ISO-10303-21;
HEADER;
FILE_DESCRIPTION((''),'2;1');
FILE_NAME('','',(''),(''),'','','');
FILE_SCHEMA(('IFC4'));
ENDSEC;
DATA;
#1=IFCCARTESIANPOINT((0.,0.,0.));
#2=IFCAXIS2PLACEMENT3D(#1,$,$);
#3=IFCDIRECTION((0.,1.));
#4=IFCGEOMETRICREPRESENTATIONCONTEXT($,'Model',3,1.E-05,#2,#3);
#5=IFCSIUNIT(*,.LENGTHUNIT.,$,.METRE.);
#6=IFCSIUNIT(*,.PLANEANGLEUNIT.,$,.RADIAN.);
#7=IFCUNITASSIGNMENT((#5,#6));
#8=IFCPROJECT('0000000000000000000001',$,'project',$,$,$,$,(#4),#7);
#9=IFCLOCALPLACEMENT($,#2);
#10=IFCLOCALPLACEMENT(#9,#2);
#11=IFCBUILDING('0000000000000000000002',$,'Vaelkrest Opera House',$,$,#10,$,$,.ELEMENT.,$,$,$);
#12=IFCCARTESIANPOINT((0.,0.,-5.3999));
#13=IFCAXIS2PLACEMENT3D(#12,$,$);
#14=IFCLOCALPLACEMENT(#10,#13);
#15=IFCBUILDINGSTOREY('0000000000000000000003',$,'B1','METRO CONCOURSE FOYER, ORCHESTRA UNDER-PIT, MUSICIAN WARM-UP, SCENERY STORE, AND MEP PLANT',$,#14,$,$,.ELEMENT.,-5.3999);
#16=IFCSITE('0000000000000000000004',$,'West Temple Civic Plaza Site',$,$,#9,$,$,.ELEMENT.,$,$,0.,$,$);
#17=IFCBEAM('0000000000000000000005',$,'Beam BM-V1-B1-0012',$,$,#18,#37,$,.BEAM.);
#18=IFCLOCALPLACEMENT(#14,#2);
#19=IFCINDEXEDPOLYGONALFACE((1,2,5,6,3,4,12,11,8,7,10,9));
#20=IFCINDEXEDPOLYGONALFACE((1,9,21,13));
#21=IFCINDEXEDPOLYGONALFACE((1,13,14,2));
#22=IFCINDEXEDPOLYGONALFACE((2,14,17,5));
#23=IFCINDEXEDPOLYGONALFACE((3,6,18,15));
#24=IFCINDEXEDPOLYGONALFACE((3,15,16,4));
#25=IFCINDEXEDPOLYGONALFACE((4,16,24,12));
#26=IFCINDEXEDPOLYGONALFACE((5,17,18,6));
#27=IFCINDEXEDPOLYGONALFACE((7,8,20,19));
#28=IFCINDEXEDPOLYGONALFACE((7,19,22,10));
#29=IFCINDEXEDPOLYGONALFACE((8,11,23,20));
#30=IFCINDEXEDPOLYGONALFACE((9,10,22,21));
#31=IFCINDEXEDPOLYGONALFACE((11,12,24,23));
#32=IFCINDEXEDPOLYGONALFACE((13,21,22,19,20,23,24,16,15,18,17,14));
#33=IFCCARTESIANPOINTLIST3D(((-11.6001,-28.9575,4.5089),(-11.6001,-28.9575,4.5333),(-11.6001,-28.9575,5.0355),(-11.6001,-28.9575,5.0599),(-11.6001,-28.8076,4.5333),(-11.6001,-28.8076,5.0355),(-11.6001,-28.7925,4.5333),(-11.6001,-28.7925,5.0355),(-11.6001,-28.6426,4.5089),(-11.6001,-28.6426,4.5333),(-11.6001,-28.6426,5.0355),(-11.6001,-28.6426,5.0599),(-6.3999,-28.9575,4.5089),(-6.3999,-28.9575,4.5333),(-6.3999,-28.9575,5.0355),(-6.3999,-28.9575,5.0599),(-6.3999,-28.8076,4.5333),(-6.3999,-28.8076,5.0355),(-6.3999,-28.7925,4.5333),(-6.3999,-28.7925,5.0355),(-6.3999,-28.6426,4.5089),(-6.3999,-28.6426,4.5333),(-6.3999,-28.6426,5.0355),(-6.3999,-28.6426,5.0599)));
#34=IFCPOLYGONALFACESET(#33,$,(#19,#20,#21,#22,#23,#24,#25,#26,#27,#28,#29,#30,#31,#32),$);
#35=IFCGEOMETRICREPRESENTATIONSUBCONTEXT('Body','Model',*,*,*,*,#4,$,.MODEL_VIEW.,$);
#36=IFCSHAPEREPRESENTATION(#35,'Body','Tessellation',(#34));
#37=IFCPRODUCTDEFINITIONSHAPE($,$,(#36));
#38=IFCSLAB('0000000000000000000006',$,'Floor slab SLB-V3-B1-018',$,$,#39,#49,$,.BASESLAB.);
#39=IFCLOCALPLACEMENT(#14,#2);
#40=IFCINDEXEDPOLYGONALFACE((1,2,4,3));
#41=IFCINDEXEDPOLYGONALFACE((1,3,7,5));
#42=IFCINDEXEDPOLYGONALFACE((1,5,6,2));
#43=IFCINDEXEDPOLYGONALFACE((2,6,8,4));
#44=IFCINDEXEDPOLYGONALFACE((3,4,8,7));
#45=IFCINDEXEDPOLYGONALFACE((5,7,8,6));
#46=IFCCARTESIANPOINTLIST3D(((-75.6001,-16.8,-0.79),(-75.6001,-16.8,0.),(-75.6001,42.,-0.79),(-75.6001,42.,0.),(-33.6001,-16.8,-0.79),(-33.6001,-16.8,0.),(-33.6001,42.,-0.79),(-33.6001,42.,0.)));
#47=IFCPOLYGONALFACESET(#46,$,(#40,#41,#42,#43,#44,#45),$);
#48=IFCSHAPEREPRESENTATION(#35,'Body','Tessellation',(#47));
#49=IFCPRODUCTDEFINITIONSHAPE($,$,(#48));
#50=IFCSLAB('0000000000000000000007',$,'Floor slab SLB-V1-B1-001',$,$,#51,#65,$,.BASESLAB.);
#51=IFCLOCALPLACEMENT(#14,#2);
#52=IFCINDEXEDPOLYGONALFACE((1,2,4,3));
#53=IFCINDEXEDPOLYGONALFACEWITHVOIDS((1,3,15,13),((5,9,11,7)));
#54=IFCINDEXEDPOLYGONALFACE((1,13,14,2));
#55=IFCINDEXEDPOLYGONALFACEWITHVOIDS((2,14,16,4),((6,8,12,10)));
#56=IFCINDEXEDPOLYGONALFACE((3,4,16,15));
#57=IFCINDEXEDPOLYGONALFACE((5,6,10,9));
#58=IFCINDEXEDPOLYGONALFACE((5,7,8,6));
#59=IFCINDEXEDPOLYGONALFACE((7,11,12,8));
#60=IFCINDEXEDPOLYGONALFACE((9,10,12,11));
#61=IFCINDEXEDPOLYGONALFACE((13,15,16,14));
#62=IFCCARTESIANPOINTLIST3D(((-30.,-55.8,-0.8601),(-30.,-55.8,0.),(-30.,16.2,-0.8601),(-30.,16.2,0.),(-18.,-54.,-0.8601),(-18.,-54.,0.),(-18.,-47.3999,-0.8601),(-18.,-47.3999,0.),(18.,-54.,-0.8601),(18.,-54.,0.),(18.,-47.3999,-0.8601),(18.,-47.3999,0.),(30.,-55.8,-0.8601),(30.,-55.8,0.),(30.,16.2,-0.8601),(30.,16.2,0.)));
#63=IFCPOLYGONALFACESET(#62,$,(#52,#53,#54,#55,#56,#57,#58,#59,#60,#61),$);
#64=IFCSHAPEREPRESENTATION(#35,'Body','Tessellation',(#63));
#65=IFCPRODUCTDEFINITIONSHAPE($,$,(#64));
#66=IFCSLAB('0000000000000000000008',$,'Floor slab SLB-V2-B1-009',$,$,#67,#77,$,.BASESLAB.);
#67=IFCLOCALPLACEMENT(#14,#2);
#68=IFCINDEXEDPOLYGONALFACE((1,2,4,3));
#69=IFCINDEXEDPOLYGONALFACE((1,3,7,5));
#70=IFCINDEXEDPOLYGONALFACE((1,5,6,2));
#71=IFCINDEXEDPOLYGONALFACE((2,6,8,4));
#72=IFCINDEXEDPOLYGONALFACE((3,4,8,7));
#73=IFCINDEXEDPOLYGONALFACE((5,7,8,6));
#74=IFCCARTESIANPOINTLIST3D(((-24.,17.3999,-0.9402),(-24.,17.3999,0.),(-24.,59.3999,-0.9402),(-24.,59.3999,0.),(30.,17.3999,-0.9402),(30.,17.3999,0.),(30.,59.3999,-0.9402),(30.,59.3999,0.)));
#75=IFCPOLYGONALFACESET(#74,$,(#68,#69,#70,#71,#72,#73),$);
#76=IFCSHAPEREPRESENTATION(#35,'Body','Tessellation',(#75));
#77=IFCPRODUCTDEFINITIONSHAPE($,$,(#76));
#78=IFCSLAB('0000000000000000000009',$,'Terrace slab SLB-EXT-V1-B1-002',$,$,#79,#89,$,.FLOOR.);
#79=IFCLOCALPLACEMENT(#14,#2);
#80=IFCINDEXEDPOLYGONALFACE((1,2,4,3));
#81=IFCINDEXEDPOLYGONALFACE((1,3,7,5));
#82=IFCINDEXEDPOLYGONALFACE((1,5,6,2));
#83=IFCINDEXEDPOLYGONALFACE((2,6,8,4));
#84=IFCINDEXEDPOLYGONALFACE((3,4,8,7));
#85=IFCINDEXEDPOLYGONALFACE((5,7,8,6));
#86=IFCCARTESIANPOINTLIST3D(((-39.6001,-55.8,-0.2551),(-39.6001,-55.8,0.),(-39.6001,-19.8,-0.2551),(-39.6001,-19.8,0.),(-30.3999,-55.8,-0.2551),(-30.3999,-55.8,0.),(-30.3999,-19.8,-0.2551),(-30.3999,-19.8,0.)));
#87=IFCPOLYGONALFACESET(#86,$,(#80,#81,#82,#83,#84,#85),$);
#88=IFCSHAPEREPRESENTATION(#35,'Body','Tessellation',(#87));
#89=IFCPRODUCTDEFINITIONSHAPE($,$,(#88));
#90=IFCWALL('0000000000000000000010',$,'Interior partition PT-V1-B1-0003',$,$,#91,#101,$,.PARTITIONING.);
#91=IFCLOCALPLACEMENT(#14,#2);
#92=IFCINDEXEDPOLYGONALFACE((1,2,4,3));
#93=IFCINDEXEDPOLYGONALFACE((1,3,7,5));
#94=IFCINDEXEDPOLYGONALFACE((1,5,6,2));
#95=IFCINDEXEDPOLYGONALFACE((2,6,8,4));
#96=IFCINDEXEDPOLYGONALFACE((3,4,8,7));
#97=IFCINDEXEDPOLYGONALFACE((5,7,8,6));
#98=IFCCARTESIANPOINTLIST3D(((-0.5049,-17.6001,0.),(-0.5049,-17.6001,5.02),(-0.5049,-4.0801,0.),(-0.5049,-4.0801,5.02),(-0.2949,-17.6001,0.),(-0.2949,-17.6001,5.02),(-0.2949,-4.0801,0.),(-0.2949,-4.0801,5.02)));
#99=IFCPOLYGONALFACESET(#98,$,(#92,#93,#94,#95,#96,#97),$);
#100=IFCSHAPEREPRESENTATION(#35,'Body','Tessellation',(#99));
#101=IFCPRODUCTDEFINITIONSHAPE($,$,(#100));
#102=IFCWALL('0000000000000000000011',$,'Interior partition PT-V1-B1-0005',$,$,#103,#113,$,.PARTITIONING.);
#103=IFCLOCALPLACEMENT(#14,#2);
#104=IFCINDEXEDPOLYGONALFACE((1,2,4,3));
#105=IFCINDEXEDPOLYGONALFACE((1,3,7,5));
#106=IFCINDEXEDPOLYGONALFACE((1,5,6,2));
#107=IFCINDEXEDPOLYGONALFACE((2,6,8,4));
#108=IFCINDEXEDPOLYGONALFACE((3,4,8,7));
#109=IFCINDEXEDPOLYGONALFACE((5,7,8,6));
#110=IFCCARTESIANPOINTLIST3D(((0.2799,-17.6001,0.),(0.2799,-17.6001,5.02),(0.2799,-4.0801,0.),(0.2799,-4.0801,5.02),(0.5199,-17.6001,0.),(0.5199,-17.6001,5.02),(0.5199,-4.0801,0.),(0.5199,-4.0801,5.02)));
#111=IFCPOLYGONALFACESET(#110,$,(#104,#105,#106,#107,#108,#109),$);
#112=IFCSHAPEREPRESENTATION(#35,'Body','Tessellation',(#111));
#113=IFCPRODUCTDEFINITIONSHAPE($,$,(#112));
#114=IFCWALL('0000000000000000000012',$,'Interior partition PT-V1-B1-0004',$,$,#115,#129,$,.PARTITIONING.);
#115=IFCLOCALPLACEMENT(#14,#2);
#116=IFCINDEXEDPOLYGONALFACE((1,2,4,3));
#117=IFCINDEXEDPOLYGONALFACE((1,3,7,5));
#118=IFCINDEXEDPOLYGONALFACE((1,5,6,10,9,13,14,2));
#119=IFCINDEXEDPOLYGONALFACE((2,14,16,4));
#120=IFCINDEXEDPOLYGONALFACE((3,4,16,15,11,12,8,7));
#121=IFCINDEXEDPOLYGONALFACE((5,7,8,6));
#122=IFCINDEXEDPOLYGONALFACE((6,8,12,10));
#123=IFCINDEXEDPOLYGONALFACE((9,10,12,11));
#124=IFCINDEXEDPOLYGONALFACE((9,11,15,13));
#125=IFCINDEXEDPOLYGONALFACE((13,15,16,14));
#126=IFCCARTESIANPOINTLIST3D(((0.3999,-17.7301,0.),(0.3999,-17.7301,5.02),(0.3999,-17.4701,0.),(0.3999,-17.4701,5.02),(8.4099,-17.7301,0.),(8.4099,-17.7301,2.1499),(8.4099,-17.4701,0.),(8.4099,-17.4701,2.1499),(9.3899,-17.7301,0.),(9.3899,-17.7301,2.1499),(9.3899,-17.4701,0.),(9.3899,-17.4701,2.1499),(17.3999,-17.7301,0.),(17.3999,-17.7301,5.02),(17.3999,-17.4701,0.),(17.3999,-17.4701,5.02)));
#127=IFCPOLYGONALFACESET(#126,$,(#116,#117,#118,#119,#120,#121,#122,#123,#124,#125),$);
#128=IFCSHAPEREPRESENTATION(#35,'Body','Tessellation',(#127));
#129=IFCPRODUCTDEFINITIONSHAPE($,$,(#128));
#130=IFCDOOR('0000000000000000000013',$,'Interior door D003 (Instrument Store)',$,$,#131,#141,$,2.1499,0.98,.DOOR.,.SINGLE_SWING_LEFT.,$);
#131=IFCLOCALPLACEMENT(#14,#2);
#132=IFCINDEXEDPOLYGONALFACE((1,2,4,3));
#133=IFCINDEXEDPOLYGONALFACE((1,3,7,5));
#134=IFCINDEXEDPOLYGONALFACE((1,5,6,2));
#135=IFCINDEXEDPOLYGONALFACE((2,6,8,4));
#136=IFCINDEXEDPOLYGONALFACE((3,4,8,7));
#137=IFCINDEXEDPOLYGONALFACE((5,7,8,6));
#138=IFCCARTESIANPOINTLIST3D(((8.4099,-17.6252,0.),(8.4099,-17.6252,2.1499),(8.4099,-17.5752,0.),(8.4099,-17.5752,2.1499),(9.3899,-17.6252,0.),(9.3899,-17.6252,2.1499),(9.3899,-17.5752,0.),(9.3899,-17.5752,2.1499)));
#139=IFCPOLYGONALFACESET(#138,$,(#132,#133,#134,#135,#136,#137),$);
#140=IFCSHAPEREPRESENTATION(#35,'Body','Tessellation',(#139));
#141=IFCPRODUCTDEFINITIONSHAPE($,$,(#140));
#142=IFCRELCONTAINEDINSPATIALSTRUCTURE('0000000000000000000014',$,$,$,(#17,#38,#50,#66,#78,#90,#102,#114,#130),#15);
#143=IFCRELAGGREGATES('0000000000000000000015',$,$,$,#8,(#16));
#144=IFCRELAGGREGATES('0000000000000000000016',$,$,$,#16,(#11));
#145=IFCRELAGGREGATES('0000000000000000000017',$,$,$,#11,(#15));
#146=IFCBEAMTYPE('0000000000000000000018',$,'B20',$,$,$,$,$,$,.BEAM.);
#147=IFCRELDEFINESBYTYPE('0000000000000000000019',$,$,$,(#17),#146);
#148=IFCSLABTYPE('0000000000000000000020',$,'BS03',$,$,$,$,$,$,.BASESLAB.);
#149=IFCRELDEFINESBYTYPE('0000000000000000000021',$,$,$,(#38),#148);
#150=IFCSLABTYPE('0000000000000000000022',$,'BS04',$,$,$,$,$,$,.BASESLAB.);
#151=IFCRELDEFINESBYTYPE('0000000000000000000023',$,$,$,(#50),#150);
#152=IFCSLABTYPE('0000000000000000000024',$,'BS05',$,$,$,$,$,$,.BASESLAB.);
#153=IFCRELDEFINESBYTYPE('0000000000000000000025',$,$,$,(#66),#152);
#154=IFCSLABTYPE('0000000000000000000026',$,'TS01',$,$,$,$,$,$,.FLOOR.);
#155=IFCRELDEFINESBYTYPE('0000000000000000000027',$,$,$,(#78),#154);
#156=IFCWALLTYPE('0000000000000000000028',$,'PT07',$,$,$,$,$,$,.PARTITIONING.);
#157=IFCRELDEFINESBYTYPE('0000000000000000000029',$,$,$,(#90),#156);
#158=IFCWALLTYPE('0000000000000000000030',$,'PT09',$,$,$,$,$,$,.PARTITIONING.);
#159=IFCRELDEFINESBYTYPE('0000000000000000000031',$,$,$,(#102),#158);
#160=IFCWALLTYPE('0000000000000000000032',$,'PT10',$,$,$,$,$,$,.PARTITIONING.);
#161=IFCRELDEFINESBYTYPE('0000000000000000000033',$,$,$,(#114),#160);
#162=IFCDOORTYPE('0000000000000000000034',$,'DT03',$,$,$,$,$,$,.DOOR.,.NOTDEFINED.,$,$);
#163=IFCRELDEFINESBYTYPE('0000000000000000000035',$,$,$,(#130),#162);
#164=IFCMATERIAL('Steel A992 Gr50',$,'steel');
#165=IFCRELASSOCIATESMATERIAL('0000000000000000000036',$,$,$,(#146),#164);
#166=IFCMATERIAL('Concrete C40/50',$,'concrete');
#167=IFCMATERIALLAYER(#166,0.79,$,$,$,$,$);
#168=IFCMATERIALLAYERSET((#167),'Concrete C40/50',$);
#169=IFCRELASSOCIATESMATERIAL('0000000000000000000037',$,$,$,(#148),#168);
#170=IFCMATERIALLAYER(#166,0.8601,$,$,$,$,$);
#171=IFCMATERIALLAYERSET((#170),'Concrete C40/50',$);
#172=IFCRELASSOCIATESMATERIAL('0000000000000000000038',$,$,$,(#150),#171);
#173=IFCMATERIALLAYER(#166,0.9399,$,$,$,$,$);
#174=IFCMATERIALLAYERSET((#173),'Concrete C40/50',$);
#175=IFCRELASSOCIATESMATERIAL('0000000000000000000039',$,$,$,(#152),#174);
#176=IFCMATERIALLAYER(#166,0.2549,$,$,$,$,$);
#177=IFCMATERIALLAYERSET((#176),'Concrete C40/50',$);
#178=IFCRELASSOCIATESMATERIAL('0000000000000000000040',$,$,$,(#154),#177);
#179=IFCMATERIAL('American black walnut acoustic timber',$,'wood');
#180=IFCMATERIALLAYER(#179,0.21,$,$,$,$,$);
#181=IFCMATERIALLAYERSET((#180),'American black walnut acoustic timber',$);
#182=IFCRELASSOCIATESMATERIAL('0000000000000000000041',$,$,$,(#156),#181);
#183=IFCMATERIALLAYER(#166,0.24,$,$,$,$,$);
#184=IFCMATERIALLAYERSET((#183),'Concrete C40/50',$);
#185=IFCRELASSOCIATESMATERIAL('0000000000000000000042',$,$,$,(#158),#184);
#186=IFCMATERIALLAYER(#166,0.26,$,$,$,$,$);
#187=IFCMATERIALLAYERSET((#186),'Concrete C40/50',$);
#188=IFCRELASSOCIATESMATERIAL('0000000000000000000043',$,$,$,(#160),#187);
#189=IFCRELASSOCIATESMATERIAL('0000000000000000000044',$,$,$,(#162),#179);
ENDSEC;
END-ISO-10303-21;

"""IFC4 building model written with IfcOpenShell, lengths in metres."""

from ifc_helpers import new_model, si_unit, direction, frame, frame_2d, origin, origin_2d, place, context, subcontext, project, spatial, polyline, rectangle, i_section, outline, extrude, material, layer, layer_set, material_profile, profile_set, type_object, element, fill, save


model = new_model("IFC4")

# Units and contexts
model_context = context("Model", 3, precision=1e-05, world=origin(), true_north=direction((0.0, 1.0)))
body_context = subcontext(model_context, "Body", "Model", "MODEL_VIEW")
ifc_project = project(units=[si_unit("LENGTHUNIT", "METRE"), si_unit("PLANEANGLEUNIT", "RADIAN")], contexts=[model_context])

# Site, building, storey
site_placement = place(None, origin())
site = spatial("IfcSite", under=ifc_project, at=site_placement, Name="West Temple Civic Plaza Site", CompositionType="ELEMENT", RefElevation=0.0)
building_placement = place(site_placement, origin())
building = spatial("IfcBuilding", under=site, at=building_placement, Name="Vaelkrest Opera House", CompositionType="ELEMENT")
storey_placement = place(building_placement, frame((0.0, 0.0, -5.3999)))
storey = spatial("IfcBuildingStorey", under=building, at=storey_placement, Name="B1", Description="METRO CONCOURSE FOYER, ORCHESTRA UNDER-PIT, MUSICIAN WARM-UP, SCENERY STORE, AND MEP PLANT", CompositionType="ELEMENT", Elevation=-5.3999)

# Shared definitions
ifc_material_1 = material(Name="Concrete C40/50", Category="concrete")

# Beam
ifc_material_2 = material(Name="Steel A992 Gr50", Category="steel")
ifc_material_profile_1 = material_profile(ifc_material_2, i_section(OverallWidth=0.3149, OverallDepth=0.551, WebThickness=0.0151, FlangeThickness=0.0244, at=origin_2d()), Name="W21X122")
ifc_profile_set_1 = profile_set([ifc_material_profile_1], Name="Steel A992 Gr50")
beam_type_1 = type_object("IfcBeamType", Name="B20", PredefinedType="BEAM", material=ifc_profile_set_1)
beam_1_placement = place(storey_placement, frame((-11.6001, -28.8, 4.7844), z_axis=(1.0, 0.0, 0.0), x_axis=(0.0, 1.0, 0.0)))
element("IfcBeam", 1, at=beam_1_placement, inside=storey, type_object=beam_type_1, Name="Beam BM-V1-B1-0012", PredefinedType="BEAM", context=body_context, shape_type="SweptSolid", body=[
    extrude(i_section(OverallWidth=0.3149, OverallDepth=0.551, WebThickness=0.0151, FlangeThickness=0.0244, at=origin_2d()), origin(), (0.0, 0.0, 1.0), 5.2002),
])

# Slabs
ifc_layer_1 = layer(ifc_material_1, 0.79)
ifc_layer_set_1 = layer_set([ifc_layer_1], Name="Concrete C40/50")
slab_type_1 = type_object("IfcSlabType", Name="BS03", PredefinedType="BASESLAB", material=ifc_layer_set_1)
slab_1_placement = place(storey_placement, frame((0.0, 0.0, -0.79)))
element("IfcSlab", 2, at=slab_1_placement, inside=storey, type_object=slab_type_1, Name="Floor slab SLB-V3-B1-018", PredefinedType="BASESLAB", context=body_context, shape_type="SweptSolid", body=[
    extrude(outline(polyline([(-75.6001, -16.8), (-33.6001, -16.8), (-33.6001, 42.0), (-75.6001, 42.0), (-75.6001, -16.8)])), origin(), (0.0, 0.0, 1.0), 0.79),
])
ifc_layer_2 = layer(ifc_material_1, 0.8601)
ifc_layer_set_2 = layer_set([ifc_layer_2], Name="Concrete C40/50")
slab_type_2 = type_object("IfcSlabType", Name="BS04", PredefinedType="BASESLAB", material=ifc_layer_set_2)
slab_2_placement = place(storey_placement, frame((0.0, 0.0, -0.8601)))
element("IfcSlab", 3, at=slab_2_placement, inside=storey, type_object=slab_type_2, Name="Floor slab SLB-V1-B1-001", PredefinedType="BASESLAB", context=body_context, shape_type="SweptSolid", body=[
    extrude(outline(polyline([(-30.0, -55.8), (30.0, -55.8), (30.0, 16.2), (-30.0, 16.2), (-30.0, -55.8)]), holes=[polyline([(-18.0, -54.0), (18.0, -54.0), (18.0, -47.3999), (-18.0, -47.3999), (-18.0, -54.0)])]), origin(), (0.0, 0.0, 1.0), 0.8601),
])
ifc_layer_3 = layer(ifc_material_1, 0.9399)
ifc_layer_set_3 = layer_set([ifc_layer_3], Name="Concrete C40/50")
slab_type_3 = type_object("IfcSlabType", Name="BS05", PredefinedType="BASESLAB", material=ifc_layer_set_3)
slab_3_placement = place(storey_placement, frame((0.0, 0.0, -0.9402)))
element("IfcSlab", 4, at=slab_3_placement, inside=storey, type_object=slab_type_3, Name="Floor slab SLB-V2-B1-009", PredefinedType="BASESLAB", context=body_context, shape_type="SweptSolid", body=[
    extrude(outline(polyline([(-24.0, 17.3999), (30.0, 17.3999), (30.0, 59.3999), (-24.0, 59.3999), (-24.0, 17.3999)])), origin(), (0.0, 0.0, 1.0), 0.9402),
])
ifc_layer_4 = layer(ifc_material_1, 0.2549)
ifc_layer_set_4 = layer_set([ifc_layer_4], Name="Concrete C40/50")
slab_type_4 = type_object("IfcSlabType", Name="TS01", PredefinedType="FLOOR", material=ifc_layer_set_4)
slab_4_placement = place(storey_placement, frame((0.0, 0.0, -0.2551)))
element("IfcSlab", 5, at=slab_4_placement, inside=storey, type_object=slab_type_4, Name="Terrace slab SLB-EXT-V1-B1-002", PredefinedType="FLOOR", context=body_context, shape_type="SweptSolid", body=[
    extrude(outline(polyline([(-39.6001, -55.8), (-30.3999, -55.8), (-30.3999, -19.8), (-39.6001, -19.8), (-39.6001, -55.8)])), origin(), (0.0, 0.0, 1.0), 0.2551),
])

# Walls
ifc_material_3 = material(Name="American black walnut acoustic timber", Category="wood")
ifc_layer_5 = layer(ifc_material_3, 0.21)
ifc_layer_set_5 = layer_set([ifc_layer_5], Name="American black walnut acoustic timber")
wall_type_1 = type_object("IfcWallType", Name="PT07", PredefinedType="PARTITIONING", material=ifc_layer_set_5)
wall_1_placement = place(storey_placement, frame((-0.3999, -17.6001, 0.0), z_axis=(0.0, 0.0, 1.0), x_axis=(0.0, 1.0, 0.0)))
element("IfcWall", 6, at=wall_1_placement, inside=storey, type_object=wall_type_1, Name="Interior partition PT-V1-B1-0003", PredefinedType="PARTITIONING", context=body_context, shape_type="SweptSolid", body=[
    extrude(rectangle(XDim=13.52, YDim=0.21, at=frame_2d((6.76, 0.0))), origin(), (0.0, 0.0, 1.0), 5.02),
])
ifc_layer_6 = layer(ifc_material_1, 0.24)
ifc_layer_set_6 = layer_set([ifc_layer_6], Name="Concrete C40/50")
wall_type_2 = type_object("IfcWallType", Name="PT09", PredefinedType="PARTITIONING", material=ifc_layer_set_6)
wall_2_placement = place(storey_placement, frame((0.3999, -17.6001, 0.0), z_axis=(0.0, 0.0, 1.0), x_axis=(0.0, 1.0, 0.0)))
element("IfcWall", 7, at=wall_2_placement, inside=storey, type_object=wall_type_2, Name="Interior partition PT-V1-B1-0005", PredefinedType="PARTITIONING", context=body_context, shape_type="SweptSolid", body=[
    extrude(rectangle(XDim=13.52, YDim=0.24, at=frame_2d((6.76, 0.0))), origin(), (0.0, 0.0, 1.0), 5.02),
])

# Wall, opening, door
ifc_layer_7 = layer(ifc_material_1, 0.26)
ifc_layer_set_7 = layer_set([ifc_layer_7], Name="Concrete C40/50")
wall_type_3 = type_object("IfcWallType", Name="PT10", PredefinedType="PARTITIONING", material=ifc_layer_set_7)
wall_3_placement = place(storey_placement, frame((0.3999, -17.6001, 0.0), z_axis=(0.0, 0.0, 1.0), x_axis=(1.0, 0.0, 0.0)))
wall_3 = element("IfcWall", 8, at=wall_3_placement, inside=storey, type_object=wall_type_3, Name="Interior partition PT-V1-B1-0004", PredefinedType="PARTITIONING", context=body_context, shape_type="SweptSolid", body=[
    extrude(rectangle(XDim=17.0, YDim=0.26, at=frame_2d((8.5, 0.0))), origin(), (0.0, 0.0, 1.0), 5.02),
])
opening_placement = place(wall_3_placement, frame((8.01, 0.0, 0.0)))
opening = element("IfcOpeningElement", 9, at=opening_placement, cuts=wall_3, PredefinedType="OPENING", context=body_context, shape_type="SweptSolid", body=[
    extrude(rectangle(XDim=0.98, YDim=2.1499, at=frame_2d((0.49, 1.075))), frame((0.0, 0.1399, 0.0), z_axis=(0.0, -1.0, 0.0), x_axis=(1.0, 0.0, 0.0)), (0.0, 0.0, 1.0), 0.28),
])
door_type = type_object("IfcDoorType", Name="DT03", OperationType="NOTDEFINED", PredefinedType="DOOR", material=ifc_material_3)
door_placement = place(opening_placement, origin())
door = element("IfcDoor", 10, at=door_placement, inside=storey, type_object=door_type, Name="Interior door D003 (Instrument Store)", OperationType="SINGLE_SWING_LEFT", OverallHeight=2.1499, OverallWidth=0.98, PredefinedType="DOOR", context=body_context, shape_type="SweptSolid", body=[
    extrude(rectangle(XDim=0.98, YDim=2.1499, at=frame_2d((0.49, 1.075))), frame((0.0, 0.0249, 0.0), z_axis=(0.0, -1.0, 0.0), x_axis=(1.0, 0.0, 0.0)), (0.0, 0.0, 1.0), 0.05),
])
fill(opening, door)

save(model, "model.ifc")
